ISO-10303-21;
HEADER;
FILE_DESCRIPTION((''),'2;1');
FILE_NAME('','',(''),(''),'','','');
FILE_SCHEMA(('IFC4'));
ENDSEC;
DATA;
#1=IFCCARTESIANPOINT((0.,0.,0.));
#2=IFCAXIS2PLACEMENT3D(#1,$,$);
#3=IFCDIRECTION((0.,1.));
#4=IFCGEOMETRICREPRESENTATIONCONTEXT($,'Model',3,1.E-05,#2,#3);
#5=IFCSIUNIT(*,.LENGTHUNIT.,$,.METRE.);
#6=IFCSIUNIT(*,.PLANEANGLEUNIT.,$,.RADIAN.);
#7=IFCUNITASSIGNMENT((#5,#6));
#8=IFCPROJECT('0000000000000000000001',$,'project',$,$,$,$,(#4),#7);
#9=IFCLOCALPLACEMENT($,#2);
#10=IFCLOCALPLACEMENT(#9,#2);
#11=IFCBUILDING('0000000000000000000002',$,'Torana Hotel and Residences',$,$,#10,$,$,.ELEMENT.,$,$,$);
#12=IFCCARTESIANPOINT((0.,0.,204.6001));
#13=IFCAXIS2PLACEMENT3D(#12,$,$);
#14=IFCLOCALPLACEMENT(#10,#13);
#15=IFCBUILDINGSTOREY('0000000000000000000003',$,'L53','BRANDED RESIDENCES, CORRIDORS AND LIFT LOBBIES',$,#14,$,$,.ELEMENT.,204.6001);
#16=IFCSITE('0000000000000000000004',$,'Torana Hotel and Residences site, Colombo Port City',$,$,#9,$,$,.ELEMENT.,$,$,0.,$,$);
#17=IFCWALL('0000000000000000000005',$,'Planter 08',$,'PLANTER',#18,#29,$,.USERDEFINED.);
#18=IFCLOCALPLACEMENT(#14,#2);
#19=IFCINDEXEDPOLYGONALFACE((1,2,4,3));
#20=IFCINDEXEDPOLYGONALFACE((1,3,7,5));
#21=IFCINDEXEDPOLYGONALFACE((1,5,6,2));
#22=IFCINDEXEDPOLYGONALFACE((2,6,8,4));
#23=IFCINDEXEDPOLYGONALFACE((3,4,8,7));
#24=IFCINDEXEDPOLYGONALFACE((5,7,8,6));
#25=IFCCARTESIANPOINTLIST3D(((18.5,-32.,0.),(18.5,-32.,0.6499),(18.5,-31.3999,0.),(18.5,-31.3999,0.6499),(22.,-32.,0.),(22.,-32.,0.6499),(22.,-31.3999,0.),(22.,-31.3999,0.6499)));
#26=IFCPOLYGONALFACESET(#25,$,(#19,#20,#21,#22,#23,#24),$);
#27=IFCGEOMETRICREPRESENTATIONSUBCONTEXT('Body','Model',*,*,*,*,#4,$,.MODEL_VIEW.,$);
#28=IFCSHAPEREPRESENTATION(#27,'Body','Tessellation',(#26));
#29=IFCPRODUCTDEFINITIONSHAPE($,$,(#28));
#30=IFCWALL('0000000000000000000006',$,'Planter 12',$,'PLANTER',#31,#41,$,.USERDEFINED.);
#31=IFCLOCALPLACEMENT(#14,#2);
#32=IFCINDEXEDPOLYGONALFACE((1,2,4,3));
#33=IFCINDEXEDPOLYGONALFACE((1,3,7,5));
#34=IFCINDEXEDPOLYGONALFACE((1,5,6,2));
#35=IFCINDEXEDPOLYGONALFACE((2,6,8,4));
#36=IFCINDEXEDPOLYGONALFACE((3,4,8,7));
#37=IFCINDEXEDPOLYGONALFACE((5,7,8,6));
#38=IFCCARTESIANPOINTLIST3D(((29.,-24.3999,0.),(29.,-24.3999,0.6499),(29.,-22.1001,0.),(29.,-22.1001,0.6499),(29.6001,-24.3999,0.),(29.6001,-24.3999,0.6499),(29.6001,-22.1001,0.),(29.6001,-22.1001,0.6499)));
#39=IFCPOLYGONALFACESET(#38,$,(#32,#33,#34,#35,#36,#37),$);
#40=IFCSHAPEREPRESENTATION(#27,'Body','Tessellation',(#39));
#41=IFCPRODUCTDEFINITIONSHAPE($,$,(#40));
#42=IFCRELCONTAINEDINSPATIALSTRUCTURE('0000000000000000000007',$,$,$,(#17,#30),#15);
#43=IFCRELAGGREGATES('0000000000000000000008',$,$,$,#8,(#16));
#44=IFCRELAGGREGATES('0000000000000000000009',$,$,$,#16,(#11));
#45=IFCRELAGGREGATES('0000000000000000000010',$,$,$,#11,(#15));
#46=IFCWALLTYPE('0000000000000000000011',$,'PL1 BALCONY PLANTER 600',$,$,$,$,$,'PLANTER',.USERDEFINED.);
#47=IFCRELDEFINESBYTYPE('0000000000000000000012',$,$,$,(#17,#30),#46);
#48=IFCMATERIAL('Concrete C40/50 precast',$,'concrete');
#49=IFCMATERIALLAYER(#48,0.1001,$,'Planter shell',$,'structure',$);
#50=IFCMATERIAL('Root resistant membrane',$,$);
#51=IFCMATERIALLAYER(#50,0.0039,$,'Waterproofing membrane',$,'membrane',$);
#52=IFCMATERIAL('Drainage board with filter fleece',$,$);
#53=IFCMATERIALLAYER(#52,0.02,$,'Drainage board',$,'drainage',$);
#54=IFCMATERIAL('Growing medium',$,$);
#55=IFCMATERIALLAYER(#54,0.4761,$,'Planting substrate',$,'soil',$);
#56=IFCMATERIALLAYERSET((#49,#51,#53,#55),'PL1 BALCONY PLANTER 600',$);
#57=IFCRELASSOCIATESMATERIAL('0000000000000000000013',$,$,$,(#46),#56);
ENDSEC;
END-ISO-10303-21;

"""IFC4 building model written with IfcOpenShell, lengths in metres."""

from ifc_helpers import new_model, si_unit, direction, frame, frame_2d, origin, place, context, subcontext, project, spatial, rectangle, extrude, material, layer, layer_set, type_object, element, save


model = new_model("IFC4")

# Units and contexts
model_context = context("Model", 3, precision=1e-05, world=origin(), true_north=direction((0.0, 1.0)))
body_context = subcontext(model_context, "Body", "Model", "MODEL_VIEW")
ifc_project = project(units=[si_unit("LENGTHUNIT", "METRE"), si_unit("PLANEANGLEUNIT", "RADIAN")], contexts=[model_context])

# Site, building, storey
site_placement = place(None, origin())
site = spatial("IfcSite", under=ifc_project, at=site_placement, Name="Torana Hotel and Residences site, Colombo Port City", CompositionType="ELEMENT", RefElevation=0.0)
building_placement = place(site_placement, origin())
building = spatial("IfcBuilding", under=site, at=building_placement, Name="Torana Hotel and Residences", CompositionType="ELEMENT")
storey_placement = place(building_placement, frame((0.0, 0.0, 204.6001)))
storey = spatial("IfcBuildingStorey", under=building, at=storey_placement, Name="L53", Description="BRANDED RESIDENCES, CORRIDORS AND LIFT LOBBIES", CompositionType="ELEMENT", Elevation=204.6001)

# Walls
ifc_material_1 = material(Name="Concrete C40/50 precast", Category="concrete")
ifc_layer_1 = layer(ifc_material_1, 0.1001, Name="Planter shell", Category="structure")
ifc_material_2 = material(Name="Root resistant membrane")
ifc_layer_2 = layer(ifc_material_2, 0.0039, Name="Waterproofing membrane", Category="membrane")
ifc_material_3 = material(Name="Drainage board with filter fleece")
ifc_layer_3 = layer(ifc_material_3, 0.02, Name="Drainage board", Category="drainage")
ifc_material_4 = material(Name="Growing medium")
ifc_layer_4 = layer(ifc_material_4, 0.4761, Name="Planting substrate", Category="soil")
ifc_layer_set_1 = layer_set([ifc_layer_1, ifc_layer_2, ifc_layer_3, ifc_layer_4], Name="PL1 BALCONY PLANTER 600")
wall_type_1 = type_object("IfcWallType", Name="PL1 BALCONY PLANTER 600", ElementType="PLANTER", PredefinedType="USERDEFINED", material=ifc_layer_set_1)
wall_1_placement = place(storey_placement, frame((22.0, -31.7, 0.0), z_axis=(0.0, 0.0, 1.0), x_axis=(-1.0, 0.0, 0.0)))
element("IfcWall", 1, at=wall_1_placement, inside=storey, type_object=wall_type_1, Name="Planter 08", ObjectType="PLANTER", PredefinedType="USERDEFINED", context=body_context, shape_type="SweptSolid", body=[
    extrude(rectangle(XDim=3.5, YDim=0.6001, at=frame_2d((1.75, 0.0))), origin(), (0.0, 0.0, 1.0), 0.6499),
])
wall_2_placement = place(storey_placement, frame((29.3, -22.1001, 0.0), z_axis=(0.0, 0.0, 1.0), x_axis=(0.0, -1.0, 0.0)))
element("IfcWall", 2, at=wall_2_placement, inside=storey, type_object=wall_type_1, Name="Planter 12", ObjectType="PLANTER", PredefinedType="USERDEFINED", context=body_context, shape_type="SweptSolid", body=[
    extrude(rectangle(XDim=2.2998, YDim=0.6001, at=frame_2d((1.1499, 0.0))), origin(), (0.0, 0.0, 1.0), 0.6499),
])

save(model, "model.ifc")
